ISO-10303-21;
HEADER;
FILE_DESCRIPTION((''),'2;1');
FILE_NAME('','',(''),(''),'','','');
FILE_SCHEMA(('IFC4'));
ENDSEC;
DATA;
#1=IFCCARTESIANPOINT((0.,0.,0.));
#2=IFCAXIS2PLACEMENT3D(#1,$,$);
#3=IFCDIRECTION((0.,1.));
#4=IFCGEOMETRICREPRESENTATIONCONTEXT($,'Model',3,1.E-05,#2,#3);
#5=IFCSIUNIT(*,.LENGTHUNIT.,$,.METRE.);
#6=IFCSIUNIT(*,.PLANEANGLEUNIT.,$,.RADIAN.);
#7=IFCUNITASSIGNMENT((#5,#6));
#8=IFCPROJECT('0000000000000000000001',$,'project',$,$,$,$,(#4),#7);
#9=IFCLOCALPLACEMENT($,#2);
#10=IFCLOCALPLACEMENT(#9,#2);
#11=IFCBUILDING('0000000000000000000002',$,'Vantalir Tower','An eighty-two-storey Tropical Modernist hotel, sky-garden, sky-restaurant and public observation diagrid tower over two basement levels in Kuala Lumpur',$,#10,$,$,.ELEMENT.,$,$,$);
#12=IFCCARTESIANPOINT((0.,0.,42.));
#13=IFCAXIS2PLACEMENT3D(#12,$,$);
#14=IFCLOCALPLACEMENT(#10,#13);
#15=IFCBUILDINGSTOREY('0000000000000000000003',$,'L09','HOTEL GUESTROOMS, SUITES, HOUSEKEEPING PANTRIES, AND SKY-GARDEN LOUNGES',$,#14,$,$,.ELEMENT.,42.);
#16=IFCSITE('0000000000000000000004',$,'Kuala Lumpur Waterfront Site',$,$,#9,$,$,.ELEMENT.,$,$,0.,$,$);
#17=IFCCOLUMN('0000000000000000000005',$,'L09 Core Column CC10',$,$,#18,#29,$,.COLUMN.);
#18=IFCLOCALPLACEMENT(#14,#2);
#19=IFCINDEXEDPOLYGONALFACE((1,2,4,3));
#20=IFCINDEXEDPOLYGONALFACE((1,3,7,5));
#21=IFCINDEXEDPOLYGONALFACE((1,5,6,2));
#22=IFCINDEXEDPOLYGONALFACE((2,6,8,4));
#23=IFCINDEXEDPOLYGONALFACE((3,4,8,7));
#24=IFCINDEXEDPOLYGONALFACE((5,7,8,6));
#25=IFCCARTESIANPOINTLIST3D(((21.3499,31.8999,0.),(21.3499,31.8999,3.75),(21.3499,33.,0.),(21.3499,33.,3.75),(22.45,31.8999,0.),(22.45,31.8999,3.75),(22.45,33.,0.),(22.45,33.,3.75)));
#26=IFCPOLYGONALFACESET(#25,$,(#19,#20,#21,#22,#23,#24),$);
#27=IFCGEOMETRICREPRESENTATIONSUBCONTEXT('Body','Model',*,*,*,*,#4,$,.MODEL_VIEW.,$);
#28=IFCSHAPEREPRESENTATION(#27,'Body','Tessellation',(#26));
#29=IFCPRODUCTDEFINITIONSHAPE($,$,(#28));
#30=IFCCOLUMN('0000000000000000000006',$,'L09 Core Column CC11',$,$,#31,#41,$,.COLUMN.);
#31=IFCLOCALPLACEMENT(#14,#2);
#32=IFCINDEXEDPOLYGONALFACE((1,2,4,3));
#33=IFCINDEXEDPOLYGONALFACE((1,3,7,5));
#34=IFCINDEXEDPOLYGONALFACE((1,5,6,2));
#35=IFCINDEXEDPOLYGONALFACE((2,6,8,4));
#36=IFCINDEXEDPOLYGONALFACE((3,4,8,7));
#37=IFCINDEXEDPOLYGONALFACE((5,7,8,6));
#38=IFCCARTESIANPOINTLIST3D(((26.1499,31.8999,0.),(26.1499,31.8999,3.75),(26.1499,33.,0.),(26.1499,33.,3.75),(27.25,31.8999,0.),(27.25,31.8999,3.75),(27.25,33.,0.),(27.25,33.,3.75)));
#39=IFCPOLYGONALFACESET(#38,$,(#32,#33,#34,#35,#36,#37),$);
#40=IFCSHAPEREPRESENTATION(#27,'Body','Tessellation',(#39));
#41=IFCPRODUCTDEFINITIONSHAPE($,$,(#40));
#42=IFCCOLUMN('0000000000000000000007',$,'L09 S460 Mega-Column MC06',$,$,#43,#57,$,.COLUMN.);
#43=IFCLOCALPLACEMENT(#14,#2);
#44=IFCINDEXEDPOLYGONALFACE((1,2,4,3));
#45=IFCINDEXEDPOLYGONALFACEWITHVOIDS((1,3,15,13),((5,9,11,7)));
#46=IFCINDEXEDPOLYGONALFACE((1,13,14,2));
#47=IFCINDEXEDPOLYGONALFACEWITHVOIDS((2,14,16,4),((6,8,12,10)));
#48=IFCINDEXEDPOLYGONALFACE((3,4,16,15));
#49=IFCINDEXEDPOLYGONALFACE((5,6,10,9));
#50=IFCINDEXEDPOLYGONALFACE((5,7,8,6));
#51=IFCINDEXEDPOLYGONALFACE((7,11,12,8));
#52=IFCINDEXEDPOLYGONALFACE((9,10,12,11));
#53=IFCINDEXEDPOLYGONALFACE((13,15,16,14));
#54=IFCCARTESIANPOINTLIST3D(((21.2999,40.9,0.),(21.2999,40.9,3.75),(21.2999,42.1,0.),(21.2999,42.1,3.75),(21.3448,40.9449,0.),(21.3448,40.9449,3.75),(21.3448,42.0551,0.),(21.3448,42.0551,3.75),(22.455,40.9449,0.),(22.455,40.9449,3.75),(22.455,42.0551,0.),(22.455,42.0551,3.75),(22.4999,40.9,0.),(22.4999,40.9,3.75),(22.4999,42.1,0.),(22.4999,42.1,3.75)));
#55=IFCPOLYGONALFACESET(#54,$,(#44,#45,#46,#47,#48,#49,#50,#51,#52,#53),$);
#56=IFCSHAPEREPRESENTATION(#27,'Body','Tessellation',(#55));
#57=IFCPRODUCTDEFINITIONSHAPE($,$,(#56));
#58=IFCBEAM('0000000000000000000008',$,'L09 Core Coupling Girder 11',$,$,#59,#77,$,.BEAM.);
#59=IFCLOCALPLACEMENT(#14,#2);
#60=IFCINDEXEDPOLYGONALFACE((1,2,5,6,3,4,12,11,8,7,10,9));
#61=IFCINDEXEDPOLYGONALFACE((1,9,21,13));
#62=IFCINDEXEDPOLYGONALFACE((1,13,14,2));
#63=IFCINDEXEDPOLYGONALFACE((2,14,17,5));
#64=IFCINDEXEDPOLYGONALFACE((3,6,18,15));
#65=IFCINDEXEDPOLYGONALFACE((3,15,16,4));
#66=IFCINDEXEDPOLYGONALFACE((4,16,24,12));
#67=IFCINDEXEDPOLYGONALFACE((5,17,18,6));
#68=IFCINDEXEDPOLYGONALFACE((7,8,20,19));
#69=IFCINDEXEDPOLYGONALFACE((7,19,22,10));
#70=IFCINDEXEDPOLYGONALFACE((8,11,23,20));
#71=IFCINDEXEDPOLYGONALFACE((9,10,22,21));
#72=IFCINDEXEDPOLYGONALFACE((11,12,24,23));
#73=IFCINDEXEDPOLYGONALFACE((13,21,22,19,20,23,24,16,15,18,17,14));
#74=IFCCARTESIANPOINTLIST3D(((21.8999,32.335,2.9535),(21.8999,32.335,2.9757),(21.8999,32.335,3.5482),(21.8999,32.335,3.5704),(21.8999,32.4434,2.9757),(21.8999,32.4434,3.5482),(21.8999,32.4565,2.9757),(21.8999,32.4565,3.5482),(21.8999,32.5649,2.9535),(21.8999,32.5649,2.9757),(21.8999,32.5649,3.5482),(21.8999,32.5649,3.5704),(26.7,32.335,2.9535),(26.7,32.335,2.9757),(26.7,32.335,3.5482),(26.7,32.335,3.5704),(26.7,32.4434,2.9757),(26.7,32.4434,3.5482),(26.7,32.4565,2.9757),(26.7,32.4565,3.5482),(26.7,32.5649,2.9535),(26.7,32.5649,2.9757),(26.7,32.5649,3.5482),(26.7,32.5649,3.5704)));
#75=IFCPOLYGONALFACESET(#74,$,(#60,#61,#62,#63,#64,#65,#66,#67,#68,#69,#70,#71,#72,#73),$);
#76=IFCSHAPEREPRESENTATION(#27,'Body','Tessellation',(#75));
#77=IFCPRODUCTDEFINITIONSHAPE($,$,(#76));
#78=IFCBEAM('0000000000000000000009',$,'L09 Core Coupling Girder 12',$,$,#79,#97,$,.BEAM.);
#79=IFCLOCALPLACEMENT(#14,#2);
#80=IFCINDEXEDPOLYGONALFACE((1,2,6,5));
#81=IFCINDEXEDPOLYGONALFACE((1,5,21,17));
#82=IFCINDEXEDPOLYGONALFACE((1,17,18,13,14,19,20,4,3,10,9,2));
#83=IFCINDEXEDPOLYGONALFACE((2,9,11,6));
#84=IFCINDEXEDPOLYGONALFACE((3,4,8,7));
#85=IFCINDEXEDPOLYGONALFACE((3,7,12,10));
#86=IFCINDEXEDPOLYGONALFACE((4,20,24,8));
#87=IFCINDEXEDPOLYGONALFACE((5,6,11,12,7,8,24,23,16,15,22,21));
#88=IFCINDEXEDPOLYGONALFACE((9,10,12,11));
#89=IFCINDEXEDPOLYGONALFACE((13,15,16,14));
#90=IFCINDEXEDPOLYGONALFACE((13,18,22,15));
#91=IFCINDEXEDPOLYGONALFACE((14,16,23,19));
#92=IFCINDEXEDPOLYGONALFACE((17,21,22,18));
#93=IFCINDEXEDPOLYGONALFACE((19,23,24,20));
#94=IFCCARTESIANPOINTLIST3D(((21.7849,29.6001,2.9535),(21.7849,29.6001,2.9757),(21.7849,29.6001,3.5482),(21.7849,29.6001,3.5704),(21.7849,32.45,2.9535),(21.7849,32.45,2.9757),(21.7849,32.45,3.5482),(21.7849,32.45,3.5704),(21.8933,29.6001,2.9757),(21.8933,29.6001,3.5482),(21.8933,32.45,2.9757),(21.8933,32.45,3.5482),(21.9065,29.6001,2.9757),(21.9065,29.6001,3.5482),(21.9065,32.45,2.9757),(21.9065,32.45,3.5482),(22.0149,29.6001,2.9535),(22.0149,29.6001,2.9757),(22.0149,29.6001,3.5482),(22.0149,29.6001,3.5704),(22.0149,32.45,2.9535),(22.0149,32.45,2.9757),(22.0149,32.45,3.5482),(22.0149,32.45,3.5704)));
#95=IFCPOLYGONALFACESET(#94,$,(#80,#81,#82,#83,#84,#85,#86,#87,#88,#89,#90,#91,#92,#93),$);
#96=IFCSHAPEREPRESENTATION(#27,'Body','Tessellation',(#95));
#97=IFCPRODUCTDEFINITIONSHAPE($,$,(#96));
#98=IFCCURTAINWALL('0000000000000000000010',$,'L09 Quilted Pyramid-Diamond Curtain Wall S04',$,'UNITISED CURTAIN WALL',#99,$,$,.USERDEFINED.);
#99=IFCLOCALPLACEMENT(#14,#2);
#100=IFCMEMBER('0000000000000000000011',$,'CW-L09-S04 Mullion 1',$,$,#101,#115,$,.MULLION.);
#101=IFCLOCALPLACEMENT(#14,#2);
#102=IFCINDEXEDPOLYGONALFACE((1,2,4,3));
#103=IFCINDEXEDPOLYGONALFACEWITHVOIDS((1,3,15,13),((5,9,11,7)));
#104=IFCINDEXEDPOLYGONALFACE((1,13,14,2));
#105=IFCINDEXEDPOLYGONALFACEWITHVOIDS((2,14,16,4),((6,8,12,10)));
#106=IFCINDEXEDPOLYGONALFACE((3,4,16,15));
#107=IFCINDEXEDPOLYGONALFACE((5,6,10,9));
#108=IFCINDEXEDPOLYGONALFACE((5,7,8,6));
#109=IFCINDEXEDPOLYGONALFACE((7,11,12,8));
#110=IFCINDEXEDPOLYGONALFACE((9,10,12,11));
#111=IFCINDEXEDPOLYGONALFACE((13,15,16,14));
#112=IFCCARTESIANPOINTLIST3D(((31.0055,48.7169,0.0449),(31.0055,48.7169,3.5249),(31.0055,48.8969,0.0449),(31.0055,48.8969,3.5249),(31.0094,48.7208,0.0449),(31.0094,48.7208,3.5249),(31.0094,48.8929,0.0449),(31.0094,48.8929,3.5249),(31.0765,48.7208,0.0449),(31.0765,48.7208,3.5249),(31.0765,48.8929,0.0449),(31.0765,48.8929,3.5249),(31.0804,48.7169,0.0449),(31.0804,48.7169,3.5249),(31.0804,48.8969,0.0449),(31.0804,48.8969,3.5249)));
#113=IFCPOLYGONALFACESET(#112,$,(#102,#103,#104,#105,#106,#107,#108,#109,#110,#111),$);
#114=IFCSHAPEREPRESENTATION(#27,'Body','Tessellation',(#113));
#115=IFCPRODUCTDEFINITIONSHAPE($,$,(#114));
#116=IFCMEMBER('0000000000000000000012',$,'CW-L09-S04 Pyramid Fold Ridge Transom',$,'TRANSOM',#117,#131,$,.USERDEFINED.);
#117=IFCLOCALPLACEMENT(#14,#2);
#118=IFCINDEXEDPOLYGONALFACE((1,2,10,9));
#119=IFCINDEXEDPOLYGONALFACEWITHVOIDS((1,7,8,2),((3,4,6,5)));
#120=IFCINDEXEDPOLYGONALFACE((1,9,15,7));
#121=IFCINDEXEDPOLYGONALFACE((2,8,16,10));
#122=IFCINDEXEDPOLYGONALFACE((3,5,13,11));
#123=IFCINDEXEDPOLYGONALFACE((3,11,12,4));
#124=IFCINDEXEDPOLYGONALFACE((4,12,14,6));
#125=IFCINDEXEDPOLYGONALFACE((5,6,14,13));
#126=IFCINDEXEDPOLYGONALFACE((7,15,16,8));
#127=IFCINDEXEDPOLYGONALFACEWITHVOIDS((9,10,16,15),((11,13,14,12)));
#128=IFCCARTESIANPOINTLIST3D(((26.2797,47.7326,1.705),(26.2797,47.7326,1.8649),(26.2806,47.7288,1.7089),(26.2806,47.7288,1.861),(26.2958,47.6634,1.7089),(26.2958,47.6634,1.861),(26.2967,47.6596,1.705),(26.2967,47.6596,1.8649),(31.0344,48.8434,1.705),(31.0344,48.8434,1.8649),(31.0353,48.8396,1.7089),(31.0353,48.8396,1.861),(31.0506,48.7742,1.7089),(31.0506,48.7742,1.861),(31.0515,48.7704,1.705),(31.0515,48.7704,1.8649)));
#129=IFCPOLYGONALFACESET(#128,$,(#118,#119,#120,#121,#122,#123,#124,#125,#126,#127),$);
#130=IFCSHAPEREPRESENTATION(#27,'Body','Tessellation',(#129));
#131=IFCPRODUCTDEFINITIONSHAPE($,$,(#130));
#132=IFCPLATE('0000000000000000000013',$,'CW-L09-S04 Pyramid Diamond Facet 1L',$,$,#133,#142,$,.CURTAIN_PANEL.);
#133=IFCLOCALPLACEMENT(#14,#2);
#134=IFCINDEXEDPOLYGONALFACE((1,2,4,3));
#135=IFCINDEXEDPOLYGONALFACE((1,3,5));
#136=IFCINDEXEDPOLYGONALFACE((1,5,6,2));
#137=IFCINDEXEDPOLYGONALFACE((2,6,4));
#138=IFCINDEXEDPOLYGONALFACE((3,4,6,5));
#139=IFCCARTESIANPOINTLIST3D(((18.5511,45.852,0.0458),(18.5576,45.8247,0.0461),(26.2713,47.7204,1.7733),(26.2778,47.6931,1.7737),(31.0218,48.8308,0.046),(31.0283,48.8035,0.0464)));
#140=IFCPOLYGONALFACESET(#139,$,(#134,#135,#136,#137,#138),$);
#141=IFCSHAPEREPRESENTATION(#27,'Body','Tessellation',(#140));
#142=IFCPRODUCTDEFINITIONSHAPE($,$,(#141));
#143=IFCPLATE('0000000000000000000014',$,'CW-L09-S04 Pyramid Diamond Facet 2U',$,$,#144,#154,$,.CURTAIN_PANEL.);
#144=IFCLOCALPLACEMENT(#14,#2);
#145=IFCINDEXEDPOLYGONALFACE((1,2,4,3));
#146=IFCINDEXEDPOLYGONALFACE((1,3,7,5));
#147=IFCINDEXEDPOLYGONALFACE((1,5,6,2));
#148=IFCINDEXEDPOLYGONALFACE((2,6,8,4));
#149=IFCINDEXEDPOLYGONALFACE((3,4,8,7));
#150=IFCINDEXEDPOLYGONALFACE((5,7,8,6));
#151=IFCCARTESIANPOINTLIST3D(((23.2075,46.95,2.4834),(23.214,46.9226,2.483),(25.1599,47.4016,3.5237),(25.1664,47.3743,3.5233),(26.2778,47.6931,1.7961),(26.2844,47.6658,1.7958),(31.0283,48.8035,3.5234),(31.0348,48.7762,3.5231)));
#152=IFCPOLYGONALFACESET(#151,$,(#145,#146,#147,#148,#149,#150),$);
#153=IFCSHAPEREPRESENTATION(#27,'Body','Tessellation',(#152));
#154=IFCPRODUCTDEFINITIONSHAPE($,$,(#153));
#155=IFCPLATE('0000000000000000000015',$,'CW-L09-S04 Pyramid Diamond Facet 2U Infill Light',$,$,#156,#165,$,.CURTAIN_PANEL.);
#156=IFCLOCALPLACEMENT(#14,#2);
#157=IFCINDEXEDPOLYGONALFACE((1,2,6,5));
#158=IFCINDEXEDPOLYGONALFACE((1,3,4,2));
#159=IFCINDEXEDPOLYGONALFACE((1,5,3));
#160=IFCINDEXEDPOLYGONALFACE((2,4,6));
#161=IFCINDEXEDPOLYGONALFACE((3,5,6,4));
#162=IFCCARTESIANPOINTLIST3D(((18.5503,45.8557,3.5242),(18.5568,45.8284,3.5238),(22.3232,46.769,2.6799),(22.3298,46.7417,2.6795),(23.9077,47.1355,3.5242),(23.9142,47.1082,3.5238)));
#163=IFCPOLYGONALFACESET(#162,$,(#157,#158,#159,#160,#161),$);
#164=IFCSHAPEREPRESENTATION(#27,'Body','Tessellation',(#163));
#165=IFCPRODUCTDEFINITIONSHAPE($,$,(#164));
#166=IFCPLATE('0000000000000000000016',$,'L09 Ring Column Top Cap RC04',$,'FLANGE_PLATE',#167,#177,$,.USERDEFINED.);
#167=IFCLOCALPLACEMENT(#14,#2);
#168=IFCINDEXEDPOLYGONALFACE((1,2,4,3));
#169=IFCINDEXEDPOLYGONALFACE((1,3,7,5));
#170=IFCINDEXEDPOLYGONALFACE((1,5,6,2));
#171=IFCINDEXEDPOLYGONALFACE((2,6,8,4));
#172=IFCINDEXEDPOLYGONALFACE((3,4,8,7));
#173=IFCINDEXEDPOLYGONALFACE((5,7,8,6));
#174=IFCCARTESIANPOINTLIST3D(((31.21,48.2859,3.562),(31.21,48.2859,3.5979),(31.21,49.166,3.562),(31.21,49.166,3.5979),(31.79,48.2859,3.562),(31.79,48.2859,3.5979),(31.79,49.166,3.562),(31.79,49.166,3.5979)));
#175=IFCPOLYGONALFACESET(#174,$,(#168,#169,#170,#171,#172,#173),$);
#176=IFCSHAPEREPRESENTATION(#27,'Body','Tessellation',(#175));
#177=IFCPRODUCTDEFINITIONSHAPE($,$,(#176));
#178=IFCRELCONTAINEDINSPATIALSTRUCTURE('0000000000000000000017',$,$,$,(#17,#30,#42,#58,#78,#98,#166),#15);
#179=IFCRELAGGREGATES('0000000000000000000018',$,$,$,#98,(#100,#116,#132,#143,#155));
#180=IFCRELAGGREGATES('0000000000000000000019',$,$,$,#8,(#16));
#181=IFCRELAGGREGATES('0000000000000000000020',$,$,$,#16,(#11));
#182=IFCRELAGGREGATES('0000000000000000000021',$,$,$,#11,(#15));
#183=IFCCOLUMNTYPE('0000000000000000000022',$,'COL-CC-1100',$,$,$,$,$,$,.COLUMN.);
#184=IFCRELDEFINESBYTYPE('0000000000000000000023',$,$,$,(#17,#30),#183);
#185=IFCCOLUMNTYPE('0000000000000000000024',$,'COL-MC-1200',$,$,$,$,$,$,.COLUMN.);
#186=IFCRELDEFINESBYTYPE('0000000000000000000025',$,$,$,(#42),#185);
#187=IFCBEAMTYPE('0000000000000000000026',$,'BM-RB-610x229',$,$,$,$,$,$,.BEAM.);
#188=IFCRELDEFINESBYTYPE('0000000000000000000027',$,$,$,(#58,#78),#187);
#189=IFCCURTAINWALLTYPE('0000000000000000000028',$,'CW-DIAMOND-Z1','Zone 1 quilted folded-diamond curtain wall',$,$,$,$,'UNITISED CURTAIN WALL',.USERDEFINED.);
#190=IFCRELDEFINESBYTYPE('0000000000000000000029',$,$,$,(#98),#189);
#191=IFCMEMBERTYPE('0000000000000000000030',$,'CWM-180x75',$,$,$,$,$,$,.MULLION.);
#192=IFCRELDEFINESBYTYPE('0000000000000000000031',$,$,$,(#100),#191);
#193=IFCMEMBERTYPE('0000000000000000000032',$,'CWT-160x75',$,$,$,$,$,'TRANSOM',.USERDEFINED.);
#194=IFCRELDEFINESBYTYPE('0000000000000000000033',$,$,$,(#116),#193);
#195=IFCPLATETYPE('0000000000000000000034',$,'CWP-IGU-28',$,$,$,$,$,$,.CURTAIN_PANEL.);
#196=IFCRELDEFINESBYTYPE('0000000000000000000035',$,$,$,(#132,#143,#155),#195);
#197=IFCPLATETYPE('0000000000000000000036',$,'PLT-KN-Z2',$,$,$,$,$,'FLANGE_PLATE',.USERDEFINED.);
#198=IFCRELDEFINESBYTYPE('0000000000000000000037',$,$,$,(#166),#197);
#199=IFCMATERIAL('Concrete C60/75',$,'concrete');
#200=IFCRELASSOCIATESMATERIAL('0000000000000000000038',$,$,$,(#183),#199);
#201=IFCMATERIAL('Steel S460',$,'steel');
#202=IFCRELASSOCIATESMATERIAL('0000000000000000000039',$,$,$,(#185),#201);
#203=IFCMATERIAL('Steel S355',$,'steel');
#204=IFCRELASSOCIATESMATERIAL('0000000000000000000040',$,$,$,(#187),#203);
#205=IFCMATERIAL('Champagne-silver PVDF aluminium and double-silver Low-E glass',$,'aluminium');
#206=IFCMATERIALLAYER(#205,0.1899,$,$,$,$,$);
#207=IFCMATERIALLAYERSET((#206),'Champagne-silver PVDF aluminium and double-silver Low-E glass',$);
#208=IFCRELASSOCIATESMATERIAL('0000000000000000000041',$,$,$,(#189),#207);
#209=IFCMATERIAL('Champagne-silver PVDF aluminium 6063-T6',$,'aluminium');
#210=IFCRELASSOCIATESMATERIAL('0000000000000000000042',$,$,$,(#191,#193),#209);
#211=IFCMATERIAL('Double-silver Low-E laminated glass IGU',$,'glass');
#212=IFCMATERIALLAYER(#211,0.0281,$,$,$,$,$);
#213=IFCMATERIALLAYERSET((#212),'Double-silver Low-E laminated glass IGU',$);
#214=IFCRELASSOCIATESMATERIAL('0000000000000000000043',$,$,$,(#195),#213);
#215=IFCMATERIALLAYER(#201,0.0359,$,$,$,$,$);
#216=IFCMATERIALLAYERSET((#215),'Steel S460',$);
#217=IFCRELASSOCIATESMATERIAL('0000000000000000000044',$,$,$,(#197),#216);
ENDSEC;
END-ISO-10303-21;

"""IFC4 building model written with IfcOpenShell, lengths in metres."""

from ifc_helpers import new_model, si_unit, direction, frame, origin, origin_2d, place, context, subcontext, project, spatial, polyline, rectangle, hollow_rectangle, i_section, outline, extrude, material, layer, layer_set, material_profile, profile_set, type_object, element, aggregate, save


model = new_model("IFC4")

# Units and contexts
model_context = context("Model", 3, precision=1e-05, world=origin(), true_north=direction((0.0, 1.0)))
body_context = subcontext(model_context, "Body", "Model", "MODEL_VIEW")
ifc_project = project(units=[si_unit("LENGTHUNIT", "METRE"), si_unit("PLANEANGLEUNIT", "RADIAN")], contexts=[model_context])

# Site, building, storey
site_placement = place(None, origin())
site = spatial("IfcSite", under=ifc_project, at=site_placement, Name="Kuala Lumpur Waterfront Site", CompositionType="ELEMENT", RefElevation=0.0)
building_placement = place(site_placement, origin())
building = spatial("IfcBuilding", under=site, at=building_placement, Name="Vantalir Tower", Description="An eighty-two-storey Tropical Modernist hotel, sky-garden, sky-restaurant and public observation diagrid tower over two basement levels in Kuala Lumpur", CompositionType="ELEMENT")
storey_placement = place(building_placement, frame((0.0, 0.0, 42.0)))
storey = spatial("IfcBuildingStorey", under=building, at=storey_placement, Name="L09", Description="HOTEL GUESTROOMS, SUITES, HOUSEKEEPING PANTRIES, AND SKY-GARDEN LOUNGES", CompositionType="ELEMENT", Elevation=42.0)

# Columns
ifc_material_1 = material(Name="Concrete C60/75", Category="concrete")
ifc_material_profile_1 = material_profile(ifc_material_1, rectangle(XDim=1.1001, YDim=1.1001, at=origin_2d()), Name="Concrete C60/75")
ifc_profile_set_1 = profile_set([ifc_material_profile_1], Name="Concrete C60/75")
column_type_1 = type_object("IfcColumnType", Name="COL-CC-1100", PredefinedType="COLUMN", material=ifc_profile_set_1)
for number, where, z_axis, x_axis, name in (
    (1, (21.8999, 32.45, 0.0), (0.0, 0.0, 1.0), (1.0, 0.0, 0.0), "L09 Core Column CC10"),
    (2, (26.7, 32.45, 0.0), (0.0, 0.0, 1.0), (1.0, 0.0, 0.0), "L09 Core Column CC11"),
):
    element("IfcColumn", number, at=place(storey_placement, frame(where, z_axis=z_axis, x_axis=x_axis)), inside=storey, type_object=column_type_1, Name=name, PredefinedType="COLUMN", context=body_context, shape_type="SweptSolid", body=[
        extrude(rectangle(XDim=1.1001, YDim=1.1001, at=origin_2d()), origin(), (0.0, 0.0, 1.0), 3.75),
    ])
ifc_material_2 = material(Name="Steel S460", Category="steel")
ifc_material_profile_2 = material_profile(ifc_material_2, hollow_rectangle(XDim=1.2, YDim=1.2, WallThickness=0.0449, at=origin_2d()), Name="Steel S460")
ifc_profile_set_2 = profile_set([ifc_material_profile_2], Name="Steel S460")
column_type_2 = type_object("IfcColumnType", Name="COL-MC-1200", PredefinedType="COLUMN", material=ifc_profile_set_2)
column_placement = place(storey_placement, frame((21.8999, 41.5, 0.0), z_axis=(0.0, 0.0, 1.0), x_axis=(1.0, 0.0, 0.0)))
element("IfcColumn", 3, at=column_placement, inside=storey, type_object=column_type_2, Name="L09 S460 Mega-Column MC06", PredefinedType="COLUMN", context=body_context, shape_type="SweptSolid", body=[
    extrude(hollow_rectangle(XDim=1.2, YDim=1.2, WallThickness=0.0449, at=origin_2d()), origin(), (0.0, 0.0, 1.0), 3.75),
])

# Beams
ifc_material_3 = material(Name="Steel S355", Category="steel")
ifc_material_profile_3 = material_profile(ifc_material_3, i_section(OverallWidth=0.23, OverallDepth=0.6169, WebThickness=0.0132, FlangeThickness=0.0222, at=origin_2d()), Name="Steel S355")
ifc_profile_set_3 = profile_set([ifc_material_profile_3], Name="Steel S355")
beam_type = type_object("IfcBeamType", Name="BM-RB-610x229", PredefinedType="BEAM", material=ifc_profile_set_3)
beam_1_placement = place(storey_placement, frame((26.7, 32.45, 3.262), z_axis=(-1.0, 0.0, 0.0), x_axis=(0.0, -1.0, 0.0)))
element("IfcBeam", 4, at=beam_1_placement, inside=storey, type_object=beam_type, Name="L09 Core Coupling Girder 11", PredefinedType="BEAM", context=body_context, shape_type="SweptSolid", body=[
    extrude(i_section(OverallWidth=0.23, OverallDepth=0.6169, WebThickness=0.0132, FlangeThickness=0.0222, at=origin_2d()), origin(), (0.0, 0.0, 1.0), 4.8),
])
beam_2_placement = place(storey_placement, frame((21.8999, 32.45, 3.262), z_axis=(0.0, -1.0, 0.0), x_axis=(1.0, 0.0, 0.0)))
element("IfcBeam", 5, at=beam_2_placement, inside=storey, type_object=beam_type, Name="L09 Core Coupling Girder 12", PredefinedType="BEAM", context=body_context, shape_type="SweptSolid", body=[
    extrude(i_section(OverallWidth=0.23, OverallDepth=0.6169, WebThickness=0.0132, FlangeThickness=0.0222, at=origin_2d()), origin(), (0.0, 0.0, 1.0), 2.8499),
])

# Curtain wall, members, plates
ifc_material_4 = material(Name="Champagne-silver PVDF aluminium and double-silver Low-E glass", Category="aluminium")
ifc_layer_1 = layer(ifc_material_4, 0.1899)
ifc_layer_set_1 = layer_set([ifc_layer_1], Name="Champagne-silver PVDF aluminium and double-silver Low-E glass")
curtain_wall_type = type_object("IfcCurtainWallType", Name="CW-DIAMOND-Z1", Description="Zone 1 quilted folded-diamond curtain wall", ElementType="UNITISED CURTAIN WALL", PredefinedType="USERDEFINED", material=ifc_layer_set_1)
curtain_wall_placement = place(storey_placement, origin())
curtain_wall = element("IfcCurtainWall", 6, at=curtain_wall_placement, inside=storey, type_object=curtain_wall_type, Name="L09 Quilted Pyramid-Diamond Curtain Wall S04", ObjectType="UNITISED CURTAIN WALL", PredefinedType="USERDEFINED")
ifc_material_5 = material(Name="Champagne-silver PVDF aluminium 6063-T6", Category="aluminium")
ifc_material_profile_4 = material_profile(ifc_material_5, hollow_rectangle(XDim=0.075, YDim=0.1799, WallThickness=0.0039, at=origin_2d()), Name="Champagne-silver PVDF aluminium 6063-T6")
ifc_profile_set_4 = profile_set([ifc_material_profile_4], Name="Champagne-silver PVDF aluminium 6063-T6")
member_type_1 = type_object("IfcMemberType", Name="CWM-180x75", PredefinedType="MULLION", material=ifc_profile_set_4)
member_1_placement = place(storey_placement, frame((31.043, 48.8069, 0.0449), z_axis=(0.0, 0.0, 1.0), x_axis=(1.0, 0.0, 0.0)))
member_1 = element("IfcMember", 7, at=member_1_placement, type_object=member_type_1, Name="CW-L09-S04 Mullion 1", PredefinedType="MULLION", context=body_context, shape_type="SweptSolid", body=[
    extrude(hollow_rectangle(XDim=0.075, YDim=0.1799, WallThickness=0.0039, at=origin_2d()), origin(), (0.0, 0.0, 1.0), 3.48),
])
ifc_material_profile_5 = material_profile(ifc_material_5, hollow_rectangle(XDim=0.075, YDim=0.1599, WallThickness=0.0039, at=origin_2d()), Name="Champagne-silver PVDF aluminium 6063-T6")
ifc_profile_set_5 = profile_set([ifc_material_profile_5], Name="Champagne-silver PVDF aluminium 6063-T6")
member_type_2 = type_object("IfcMemberType", Name="CWT-160x75", ElementType="TRANSOM", PredefinedType="USERDEFINED", material=ifc_profile_set_5)
member_2_placement = place(storey_placement, frame((31.043, 48.8069, 1.7849), z_axis=(-0.973779, -0.227495, 0.0), x_axis=(0.227495, -0.973779, 0.0)))
member_2 = element("IfcMember", 8, at=member_2_placement, type_object=member_type_2, Name="CW-L09-S04 Pyramid Fold Ridge Transom", ObjectType="TRANSOM", PredefinedType="USERDEFINED", context=body_context, shape_type="SweptSolid", body=[
    extrude(hollow_rectangle(XDim=0.075, YDim=0.1599, WallThickness=0.0039, at=origin_2d()), origin(), (0.0, 0.0, 1.0), 4.8828),
])
ifc_material_6 = material(Name="Double-silver Low-E laminated glass IGU", Category="glass")
ifc_layer_2 = layer(ifc_material_6, 0.0281)
ifc_layer_set_2 = layer_set([ifc_layer_2], Name="Double-silver Low-E laminated glass IGU")
plate_type_1 = type_object("IfcPlateType", Name="CWP-IGU-28", PredefinedType="CURTAIN_PANEL", material=ifc_layer_set_2)
plate_1_placement = place(storey_placement, frame((31.0283, 48.8035, 0.0464), z_axis=(0.232303, -0.972547, 0.013711), x_axis=(-0.972638, -0.232325, -0.000019)))
plate_1 = element("IfcPlate", 9, at=plate_1_placement, type_object=plate_type_1, Name="CW-L09-S04 Pyramid Diamond Facet 1L", PredefinedType="CURTAIN_PANEL", context=body_context, shape_type="SweptSolid", body=[
    extrude(outline(polyline([(0.0, 0.0), (12.8215, 0.0), (4.8784, -1.7276), (0.0, 0.0)])), origin(), (0.0, 0.0, -1.0), 0.0281),
])
plate_2_placement = place(storey_placement, frame((31.0283, 48.8035, 3.5234), z_axis=(-0.232321, 0.972542, 0.013767), x_axis=(-0.972634, -0.232344, 0.00004)))
plate_2 = element("IfcPlate", 10, at=plate_2_placement, type_object=plate_type_1, Name="CW-L09-S04 Pyramid Diamond Facet 2U", PredefinedType="CURTAIN_PANEL", context=body_context, shape_type="SweptSolid", body=[
    extrude(outline(polyline([(0.0, 0.0), (6.0335, 0.0), (8.0374, -1.0405), (4.8784, -1.7277), (0.0, 0.0)])), origin(), (0.0, 0.0, -1.0), 0.0281),
])
plate_3_placement = place(storey_placement, frame((23.9077, 47.1355, 3.5242), z_axis=(-0.232321, 0.97254, 0.013876), x_axis=(-0.972634, -0.232344, 0.0)))
plate_3 = element("IfcPlate", 11, at=plate_3_placement, type_object=plate_type_1, Name="CW-L09-S04 Pyramid Diamond Facet 2U Infill Light", PredefinedType="CURTAIN_PANEL", context=body_context, shape_type="SweptSolid", body=[
    extrude(outline(polyline([(0.0, 0.0), (5.5082, 0.0), (1.6263, -0.8443), (0.0, 0.0)])), origin(), (0.0, 0.0, -1.0), 0.0281),
])
aggregate(curtain_wall, [member_1, member_2, plate_1, plate_2, plate_3])

# Plate
ifc_layer_3 = layer(ifc_material_2, 0.0359)
ifc_layer_set_3 = layer_set([ifc_layer_3], Name="Steel S460")
plate_type_2 = type_object("IfcPlateType", Name="PLT-KN-Z2", ElementType="FLANGE_PLATE", PredefinedType="USERDEFINED", material=ifc_layer_set_3)
for number, where, z_axis, x_axis, name in (
    (12, (31.21, 49.166, 3.5979), (0.0, 0.0, 1.0), (0.0, -1.0, 0.0), "L09 Ring Column Top Cap RC04"),
):
    element("IfcPlate", number, at=place(storey_placement, frame(where, z_axis=z_axis, x_axis=x_axis)), inside=storey, type_object=plate_type_2, Name=name, ObjectType="FLANGE_PLATE", PredefinedType="USERDEFINED", context=body_context, shape_type="SweptSolid", body=[
        extrude(outline(polyline([(0.0, 0.0), (0.8801, 0.0), (0.8801, 0.5801), (0.0, 0.5801), (0.0, 0.0)])), origin(), (0.0, 0.0, -1.0), 0.0359),
    ])

save(model, "model.ifc")
